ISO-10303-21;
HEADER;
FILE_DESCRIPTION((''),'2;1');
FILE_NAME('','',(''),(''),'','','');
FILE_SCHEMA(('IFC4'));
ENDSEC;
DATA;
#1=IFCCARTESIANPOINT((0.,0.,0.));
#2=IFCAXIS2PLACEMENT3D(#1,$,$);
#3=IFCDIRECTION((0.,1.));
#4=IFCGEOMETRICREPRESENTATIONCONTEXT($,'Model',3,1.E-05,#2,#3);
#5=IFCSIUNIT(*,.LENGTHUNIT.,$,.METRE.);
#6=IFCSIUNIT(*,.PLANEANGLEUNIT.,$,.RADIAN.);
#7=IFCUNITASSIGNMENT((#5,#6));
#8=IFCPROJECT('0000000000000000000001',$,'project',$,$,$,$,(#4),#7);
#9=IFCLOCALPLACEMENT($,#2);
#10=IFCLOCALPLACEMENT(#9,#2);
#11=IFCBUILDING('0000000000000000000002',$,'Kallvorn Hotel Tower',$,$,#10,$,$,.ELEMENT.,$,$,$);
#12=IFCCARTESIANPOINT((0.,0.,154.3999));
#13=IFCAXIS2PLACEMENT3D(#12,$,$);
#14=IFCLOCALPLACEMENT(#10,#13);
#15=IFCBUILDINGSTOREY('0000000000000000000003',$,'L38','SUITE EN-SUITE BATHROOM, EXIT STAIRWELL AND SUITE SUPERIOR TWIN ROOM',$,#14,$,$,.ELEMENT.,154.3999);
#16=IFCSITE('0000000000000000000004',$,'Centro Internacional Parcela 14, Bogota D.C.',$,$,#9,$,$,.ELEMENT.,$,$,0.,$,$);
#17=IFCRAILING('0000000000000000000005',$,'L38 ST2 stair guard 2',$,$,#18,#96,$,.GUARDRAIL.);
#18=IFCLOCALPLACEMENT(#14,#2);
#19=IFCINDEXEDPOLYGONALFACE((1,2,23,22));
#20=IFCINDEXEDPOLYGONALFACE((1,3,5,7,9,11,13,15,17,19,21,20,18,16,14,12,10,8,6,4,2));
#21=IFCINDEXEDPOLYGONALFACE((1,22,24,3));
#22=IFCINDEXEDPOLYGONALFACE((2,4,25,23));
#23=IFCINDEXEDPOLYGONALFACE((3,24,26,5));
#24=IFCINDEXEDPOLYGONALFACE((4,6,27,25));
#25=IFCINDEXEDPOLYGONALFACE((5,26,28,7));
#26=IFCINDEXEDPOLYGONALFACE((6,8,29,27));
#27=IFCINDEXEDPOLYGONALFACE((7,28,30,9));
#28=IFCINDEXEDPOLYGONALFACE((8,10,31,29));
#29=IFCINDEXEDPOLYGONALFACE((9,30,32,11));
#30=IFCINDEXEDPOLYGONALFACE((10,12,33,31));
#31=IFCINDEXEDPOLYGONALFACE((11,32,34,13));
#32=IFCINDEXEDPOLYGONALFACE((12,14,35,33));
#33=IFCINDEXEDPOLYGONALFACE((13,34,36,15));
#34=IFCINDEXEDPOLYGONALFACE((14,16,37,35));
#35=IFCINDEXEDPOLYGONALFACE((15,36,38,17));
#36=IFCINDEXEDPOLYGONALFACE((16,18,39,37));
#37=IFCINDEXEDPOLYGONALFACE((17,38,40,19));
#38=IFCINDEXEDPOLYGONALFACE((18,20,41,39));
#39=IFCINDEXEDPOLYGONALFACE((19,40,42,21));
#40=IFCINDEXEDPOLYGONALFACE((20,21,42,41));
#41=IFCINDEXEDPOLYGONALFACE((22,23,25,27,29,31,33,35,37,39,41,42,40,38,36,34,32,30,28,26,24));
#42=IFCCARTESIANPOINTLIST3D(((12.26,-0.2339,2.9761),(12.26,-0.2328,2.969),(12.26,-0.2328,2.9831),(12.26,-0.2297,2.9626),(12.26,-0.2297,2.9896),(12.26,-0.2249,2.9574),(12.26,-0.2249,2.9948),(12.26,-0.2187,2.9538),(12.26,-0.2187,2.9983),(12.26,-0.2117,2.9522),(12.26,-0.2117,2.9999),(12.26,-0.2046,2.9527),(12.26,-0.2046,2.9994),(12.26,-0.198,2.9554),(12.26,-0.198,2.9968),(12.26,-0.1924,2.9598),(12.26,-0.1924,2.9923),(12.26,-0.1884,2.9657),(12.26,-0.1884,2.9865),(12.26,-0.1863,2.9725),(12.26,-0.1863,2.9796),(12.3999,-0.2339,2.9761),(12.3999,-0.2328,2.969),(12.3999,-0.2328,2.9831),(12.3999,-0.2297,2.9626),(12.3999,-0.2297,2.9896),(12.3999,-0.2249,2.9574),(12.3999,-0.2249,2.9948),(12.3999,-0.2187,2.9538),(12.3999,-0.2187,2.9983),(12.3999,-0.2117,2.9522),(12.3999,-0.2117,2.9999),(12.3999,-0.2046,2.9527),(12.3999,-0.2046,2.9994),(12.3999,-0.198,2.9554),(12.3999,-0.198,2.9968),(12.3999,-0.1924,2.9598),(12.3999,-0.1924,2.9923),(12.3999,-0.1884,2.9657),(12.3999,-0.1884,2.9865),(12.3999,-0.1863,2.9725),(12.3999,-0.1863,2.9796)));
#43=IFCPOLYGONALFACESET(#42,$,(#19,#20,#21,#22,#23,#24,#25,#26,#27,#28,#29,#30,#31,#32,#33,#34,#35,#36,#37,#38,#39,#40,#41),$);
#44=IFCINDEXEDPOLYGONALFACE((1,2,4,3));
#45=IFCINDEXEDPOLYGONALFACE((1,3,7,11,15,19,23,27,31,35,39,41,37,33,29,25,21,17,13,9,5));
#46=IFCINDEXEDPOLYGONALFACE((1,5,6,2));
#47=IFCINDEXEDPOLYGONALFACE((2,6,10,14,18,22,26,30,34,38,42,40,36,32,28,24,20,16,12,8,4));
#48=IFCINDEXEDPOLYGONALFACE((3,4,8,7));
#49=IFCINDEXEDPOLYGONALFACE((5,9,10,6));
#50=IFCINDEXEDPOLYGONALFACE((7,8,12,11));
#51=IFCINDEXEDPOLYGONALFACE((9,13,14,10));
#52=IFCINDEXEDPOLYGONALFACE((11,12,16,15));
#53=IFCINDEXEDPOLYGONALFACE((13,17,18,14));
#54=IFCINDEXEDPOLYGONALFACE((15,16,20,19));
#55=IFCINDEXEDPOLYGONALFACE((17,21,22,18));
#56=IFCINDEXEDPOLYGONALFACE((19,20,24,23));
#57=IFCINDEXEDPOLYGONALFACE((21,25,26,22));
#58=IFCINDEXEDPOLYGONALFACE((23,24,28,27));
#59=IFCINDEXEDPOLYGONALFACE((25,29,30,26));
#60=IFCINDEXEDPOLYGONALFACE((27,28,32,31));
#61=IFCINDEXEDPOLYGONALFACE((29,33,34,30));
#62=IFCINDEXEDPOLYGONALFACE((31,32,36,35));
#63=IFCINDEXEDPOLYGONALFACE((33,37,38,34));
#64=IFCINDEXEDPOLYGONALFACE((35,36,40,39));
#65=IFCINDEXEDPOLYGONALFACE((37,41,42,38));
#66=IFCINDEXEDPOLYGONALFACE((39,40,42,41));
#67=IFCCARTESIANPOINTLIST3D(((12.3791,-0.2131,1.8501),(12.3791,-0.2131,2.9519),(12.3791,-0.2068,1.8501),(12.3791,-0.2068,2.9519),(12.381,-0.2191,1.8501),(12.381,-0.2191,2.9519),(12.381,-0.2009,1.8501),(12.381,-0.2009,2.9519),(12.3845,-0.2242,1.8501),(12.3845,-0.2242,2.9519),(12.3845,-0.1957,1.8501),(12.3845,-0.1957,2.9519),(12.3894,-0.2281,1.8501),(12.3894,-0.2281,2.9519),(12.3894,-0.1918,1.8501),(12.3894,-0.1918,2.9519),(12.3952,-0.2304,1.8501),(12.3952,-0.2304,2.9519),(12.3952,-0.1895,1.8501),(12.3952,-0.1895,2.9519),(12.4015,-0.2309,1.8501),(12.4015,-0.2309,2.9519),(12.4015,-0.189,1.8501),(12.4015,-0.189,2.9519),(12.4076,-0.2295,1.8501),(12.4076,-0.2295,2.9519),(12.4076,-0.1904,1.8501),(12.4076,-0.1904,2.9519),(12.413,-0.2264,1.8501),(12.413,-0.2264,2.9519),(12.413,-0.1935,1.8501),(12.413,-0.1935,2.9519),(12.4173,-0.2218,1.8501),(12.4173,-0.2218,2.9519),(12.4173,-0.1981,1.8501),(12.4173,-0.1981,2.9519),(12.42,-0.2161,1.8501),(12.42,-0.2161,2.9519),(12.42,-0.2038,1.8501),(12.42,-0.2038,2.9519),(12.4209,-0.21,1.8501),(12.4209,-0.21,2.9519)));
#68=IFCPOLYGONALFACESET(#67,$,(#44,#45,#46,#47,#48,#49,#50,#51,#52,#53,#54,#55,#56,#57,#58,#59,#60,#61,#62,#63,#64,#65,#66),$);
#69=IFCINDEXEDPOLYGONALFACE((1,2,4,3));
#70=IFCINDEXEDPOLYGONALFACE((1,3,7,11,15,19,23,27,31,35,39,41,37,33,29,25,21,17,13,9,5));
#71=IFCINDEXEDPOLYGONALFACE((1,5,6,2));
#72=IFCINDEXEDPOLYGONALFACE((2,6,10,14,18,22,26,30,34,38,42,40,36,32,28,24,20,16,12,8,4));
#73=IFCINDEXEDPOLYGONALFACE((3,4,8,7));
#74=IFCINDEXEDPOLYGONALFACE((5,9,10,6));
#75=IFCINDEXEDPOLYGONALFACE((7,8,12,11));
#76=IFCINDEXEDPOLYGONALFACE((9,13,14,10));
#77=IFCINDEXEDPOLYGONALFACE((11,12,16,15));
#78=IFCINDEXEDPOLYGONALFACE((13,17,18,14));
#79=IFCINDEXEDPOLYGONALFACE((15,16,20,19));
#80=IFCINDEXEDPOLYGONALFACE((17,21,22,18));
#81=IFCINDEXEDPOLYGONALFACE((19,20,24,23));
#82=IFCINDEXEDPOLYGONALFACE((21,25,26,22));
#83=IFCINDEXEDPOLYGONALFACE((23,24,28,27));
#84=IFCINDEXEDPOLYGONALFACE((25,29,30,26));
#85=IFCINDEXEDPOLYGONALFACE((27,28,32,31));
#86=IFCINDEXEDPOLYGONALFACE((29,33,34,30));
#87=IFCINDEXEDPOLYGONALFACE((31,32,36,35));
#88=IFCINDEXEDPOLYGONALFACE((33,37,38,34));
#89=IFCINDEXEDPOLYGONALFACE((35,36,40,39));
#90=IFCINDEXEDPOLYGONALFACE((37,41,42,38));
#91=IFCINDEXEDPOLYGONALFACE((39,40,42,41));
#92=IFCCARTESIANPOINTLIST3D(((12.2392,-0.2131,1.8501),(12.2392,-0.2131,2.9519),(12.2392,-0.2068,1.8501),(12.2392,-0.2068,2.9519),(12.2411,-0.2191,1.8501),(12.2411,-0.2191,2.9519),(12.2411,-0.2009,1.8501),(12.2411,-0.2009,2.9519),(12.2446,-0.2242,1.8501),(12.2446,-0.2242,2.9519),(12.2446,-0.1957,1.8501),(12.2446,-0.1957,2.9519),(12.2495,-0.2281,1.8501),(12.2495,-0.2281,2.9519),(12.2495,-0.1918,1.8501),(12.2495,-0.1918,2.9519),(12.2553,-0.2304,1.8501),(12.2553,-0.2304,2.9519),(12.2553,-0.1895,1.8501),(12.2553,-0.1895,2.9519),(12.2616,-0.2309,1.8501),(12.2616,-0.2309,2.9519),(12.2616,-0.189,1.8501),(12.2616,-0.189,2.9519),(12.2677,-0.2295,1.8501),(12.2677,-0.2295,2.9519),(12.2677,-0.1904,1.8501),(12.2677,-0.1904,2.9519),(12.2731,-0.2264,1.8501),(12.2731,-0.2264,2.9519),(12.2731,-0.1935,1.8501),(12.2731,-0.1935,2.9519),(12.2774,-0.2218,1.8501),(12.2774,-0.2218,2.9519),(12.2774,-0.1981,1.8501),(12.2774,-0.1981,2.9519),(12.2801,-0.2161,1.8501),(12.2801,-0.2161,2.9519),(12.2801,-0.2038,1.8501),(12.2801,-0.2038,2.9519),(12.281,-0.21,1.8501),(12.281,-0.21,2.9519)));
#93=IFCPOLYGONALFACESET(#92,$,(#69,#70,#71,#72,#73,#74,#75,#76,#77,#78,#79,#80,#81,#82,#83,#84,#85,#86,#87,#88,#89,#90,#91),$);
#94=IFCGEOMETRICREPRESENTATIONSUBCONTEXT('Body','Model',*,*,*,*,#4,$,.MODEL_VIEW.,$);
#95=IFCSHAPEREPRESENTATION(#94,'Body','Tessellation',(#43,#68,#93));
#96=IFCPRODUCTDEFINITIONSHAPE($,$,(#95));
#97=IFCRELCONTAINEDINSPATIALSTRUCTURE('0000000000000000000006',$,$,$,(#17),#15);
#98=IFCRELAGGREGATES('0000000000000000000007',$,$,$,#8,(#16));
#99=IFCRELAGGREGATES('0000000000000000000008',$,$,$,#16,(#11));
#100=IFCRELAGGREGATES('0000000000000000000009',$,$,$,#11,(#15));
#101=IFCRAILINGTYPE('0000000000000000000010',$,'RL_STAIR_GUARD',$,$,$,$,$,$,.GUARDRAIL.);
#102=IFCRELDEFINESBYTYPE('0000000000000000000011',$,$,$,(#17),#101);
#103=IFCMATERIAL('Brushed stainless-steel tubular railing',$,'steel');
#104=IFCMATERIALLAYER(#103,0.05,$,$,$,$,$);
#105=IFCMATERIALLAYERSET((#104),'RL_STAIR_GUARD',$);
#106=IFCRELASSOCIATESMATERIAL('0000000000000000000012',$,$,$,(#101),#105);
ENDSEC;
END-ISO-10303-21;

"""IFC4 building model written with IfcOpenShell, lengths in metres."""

from ifc_helpers import new_model, si_unit, direction, frame, origin, origin_2d, place, context, subcontext, project, spatial, circle, extrude, material, layer, layer_set, type_object, element, save


model = new_model("IFC4")

# Units and contexts
model_context = context("Model", 3, precision=1e-05, world=origin(), true_north=direction((0.0, 1.0)))
body_context = subcontext(model_context, "Body", "Model", "MODEL_VIEW")
ifc_project = project(units=[si_unit("LENGTHUNIT", "METRE"), si_unit("PLANEANGLEUNIT", "RADIAN")], contexts=[model_context])

# Site, building, storey
site_placement = place(None, origin())
site = spatial("IfcSite", under=ifc_project, at=site_placement, Name="Centro Internacional Parcela 14, Bogota D.C.", CompositionType="ELEMENT", RefElevation=0.0)
building_placement = place(site_placement, origin())
building = spatial("IfcBuilding", under=site, at=building_placement, Name="Kallvorn Hotel Tower", CompositionType="ELEMENT")
storey_placement = place(building_placement, frame((0.0, 0.0, 154.3999)))
storey = spatial("IfcBuildingStorey", under=building, at=storey_placement, Name="L38", Description="SUITE EN-SUITE BATHROOM, EXIT STAIRWELL AND SUITE SUPERIOR TWIN ROOM", CompositionType="ELEMENT", Elevation=154.3999)

# Railing
ifc_material_1 = material(Name="Brushed stainless-steel tubular railing", Category="steel")
ifc_layer_1 = layer(ifc_material_1, 0.05)
ifc_layer_set_1 = layer_set([ifc_layer_1], Name="RL_STAIR_GUARD")
railing_type_1 = type_object("IfcRailingType", Name="RL_STAIR_GUARD", PredefinedType="GUARDRAIL", material=ifc_layer_set_1)
railing_1_placement = place(storey_placement, frame((12.3999, -0.21, 1.8501)))
element("IfcRailing", 1, at=railing_1_placement, inside=storey, type_object=railing_type_1, Name="L38 ST2 stair guard 2", PredefinedType="GUARDRAIL", context=body_context, shape_type="SweptSolid", body=[
    extrude(circle(Radius=0.0239, at=origin_2d()), frame((0.0, 0.0, 1.126), z_axis=(-1.0, 0.0, 0.0), x_axis=(0.0, -1.0, 0.0)), (0.0, 0.0, 1.0), 0.1399),
    extrude(circle(Radius=0.021, at=origin_2d()), origin(), (0.0, 0.0, 1.0), 1.1018),
    extrude(circle(Radius=0.021, at=origin_2d()), frame((-0.1399, 0.0, 0.0)), (0.0, 0.0, 1.0), 1.1018),
])

save(model, "model.ifc")
